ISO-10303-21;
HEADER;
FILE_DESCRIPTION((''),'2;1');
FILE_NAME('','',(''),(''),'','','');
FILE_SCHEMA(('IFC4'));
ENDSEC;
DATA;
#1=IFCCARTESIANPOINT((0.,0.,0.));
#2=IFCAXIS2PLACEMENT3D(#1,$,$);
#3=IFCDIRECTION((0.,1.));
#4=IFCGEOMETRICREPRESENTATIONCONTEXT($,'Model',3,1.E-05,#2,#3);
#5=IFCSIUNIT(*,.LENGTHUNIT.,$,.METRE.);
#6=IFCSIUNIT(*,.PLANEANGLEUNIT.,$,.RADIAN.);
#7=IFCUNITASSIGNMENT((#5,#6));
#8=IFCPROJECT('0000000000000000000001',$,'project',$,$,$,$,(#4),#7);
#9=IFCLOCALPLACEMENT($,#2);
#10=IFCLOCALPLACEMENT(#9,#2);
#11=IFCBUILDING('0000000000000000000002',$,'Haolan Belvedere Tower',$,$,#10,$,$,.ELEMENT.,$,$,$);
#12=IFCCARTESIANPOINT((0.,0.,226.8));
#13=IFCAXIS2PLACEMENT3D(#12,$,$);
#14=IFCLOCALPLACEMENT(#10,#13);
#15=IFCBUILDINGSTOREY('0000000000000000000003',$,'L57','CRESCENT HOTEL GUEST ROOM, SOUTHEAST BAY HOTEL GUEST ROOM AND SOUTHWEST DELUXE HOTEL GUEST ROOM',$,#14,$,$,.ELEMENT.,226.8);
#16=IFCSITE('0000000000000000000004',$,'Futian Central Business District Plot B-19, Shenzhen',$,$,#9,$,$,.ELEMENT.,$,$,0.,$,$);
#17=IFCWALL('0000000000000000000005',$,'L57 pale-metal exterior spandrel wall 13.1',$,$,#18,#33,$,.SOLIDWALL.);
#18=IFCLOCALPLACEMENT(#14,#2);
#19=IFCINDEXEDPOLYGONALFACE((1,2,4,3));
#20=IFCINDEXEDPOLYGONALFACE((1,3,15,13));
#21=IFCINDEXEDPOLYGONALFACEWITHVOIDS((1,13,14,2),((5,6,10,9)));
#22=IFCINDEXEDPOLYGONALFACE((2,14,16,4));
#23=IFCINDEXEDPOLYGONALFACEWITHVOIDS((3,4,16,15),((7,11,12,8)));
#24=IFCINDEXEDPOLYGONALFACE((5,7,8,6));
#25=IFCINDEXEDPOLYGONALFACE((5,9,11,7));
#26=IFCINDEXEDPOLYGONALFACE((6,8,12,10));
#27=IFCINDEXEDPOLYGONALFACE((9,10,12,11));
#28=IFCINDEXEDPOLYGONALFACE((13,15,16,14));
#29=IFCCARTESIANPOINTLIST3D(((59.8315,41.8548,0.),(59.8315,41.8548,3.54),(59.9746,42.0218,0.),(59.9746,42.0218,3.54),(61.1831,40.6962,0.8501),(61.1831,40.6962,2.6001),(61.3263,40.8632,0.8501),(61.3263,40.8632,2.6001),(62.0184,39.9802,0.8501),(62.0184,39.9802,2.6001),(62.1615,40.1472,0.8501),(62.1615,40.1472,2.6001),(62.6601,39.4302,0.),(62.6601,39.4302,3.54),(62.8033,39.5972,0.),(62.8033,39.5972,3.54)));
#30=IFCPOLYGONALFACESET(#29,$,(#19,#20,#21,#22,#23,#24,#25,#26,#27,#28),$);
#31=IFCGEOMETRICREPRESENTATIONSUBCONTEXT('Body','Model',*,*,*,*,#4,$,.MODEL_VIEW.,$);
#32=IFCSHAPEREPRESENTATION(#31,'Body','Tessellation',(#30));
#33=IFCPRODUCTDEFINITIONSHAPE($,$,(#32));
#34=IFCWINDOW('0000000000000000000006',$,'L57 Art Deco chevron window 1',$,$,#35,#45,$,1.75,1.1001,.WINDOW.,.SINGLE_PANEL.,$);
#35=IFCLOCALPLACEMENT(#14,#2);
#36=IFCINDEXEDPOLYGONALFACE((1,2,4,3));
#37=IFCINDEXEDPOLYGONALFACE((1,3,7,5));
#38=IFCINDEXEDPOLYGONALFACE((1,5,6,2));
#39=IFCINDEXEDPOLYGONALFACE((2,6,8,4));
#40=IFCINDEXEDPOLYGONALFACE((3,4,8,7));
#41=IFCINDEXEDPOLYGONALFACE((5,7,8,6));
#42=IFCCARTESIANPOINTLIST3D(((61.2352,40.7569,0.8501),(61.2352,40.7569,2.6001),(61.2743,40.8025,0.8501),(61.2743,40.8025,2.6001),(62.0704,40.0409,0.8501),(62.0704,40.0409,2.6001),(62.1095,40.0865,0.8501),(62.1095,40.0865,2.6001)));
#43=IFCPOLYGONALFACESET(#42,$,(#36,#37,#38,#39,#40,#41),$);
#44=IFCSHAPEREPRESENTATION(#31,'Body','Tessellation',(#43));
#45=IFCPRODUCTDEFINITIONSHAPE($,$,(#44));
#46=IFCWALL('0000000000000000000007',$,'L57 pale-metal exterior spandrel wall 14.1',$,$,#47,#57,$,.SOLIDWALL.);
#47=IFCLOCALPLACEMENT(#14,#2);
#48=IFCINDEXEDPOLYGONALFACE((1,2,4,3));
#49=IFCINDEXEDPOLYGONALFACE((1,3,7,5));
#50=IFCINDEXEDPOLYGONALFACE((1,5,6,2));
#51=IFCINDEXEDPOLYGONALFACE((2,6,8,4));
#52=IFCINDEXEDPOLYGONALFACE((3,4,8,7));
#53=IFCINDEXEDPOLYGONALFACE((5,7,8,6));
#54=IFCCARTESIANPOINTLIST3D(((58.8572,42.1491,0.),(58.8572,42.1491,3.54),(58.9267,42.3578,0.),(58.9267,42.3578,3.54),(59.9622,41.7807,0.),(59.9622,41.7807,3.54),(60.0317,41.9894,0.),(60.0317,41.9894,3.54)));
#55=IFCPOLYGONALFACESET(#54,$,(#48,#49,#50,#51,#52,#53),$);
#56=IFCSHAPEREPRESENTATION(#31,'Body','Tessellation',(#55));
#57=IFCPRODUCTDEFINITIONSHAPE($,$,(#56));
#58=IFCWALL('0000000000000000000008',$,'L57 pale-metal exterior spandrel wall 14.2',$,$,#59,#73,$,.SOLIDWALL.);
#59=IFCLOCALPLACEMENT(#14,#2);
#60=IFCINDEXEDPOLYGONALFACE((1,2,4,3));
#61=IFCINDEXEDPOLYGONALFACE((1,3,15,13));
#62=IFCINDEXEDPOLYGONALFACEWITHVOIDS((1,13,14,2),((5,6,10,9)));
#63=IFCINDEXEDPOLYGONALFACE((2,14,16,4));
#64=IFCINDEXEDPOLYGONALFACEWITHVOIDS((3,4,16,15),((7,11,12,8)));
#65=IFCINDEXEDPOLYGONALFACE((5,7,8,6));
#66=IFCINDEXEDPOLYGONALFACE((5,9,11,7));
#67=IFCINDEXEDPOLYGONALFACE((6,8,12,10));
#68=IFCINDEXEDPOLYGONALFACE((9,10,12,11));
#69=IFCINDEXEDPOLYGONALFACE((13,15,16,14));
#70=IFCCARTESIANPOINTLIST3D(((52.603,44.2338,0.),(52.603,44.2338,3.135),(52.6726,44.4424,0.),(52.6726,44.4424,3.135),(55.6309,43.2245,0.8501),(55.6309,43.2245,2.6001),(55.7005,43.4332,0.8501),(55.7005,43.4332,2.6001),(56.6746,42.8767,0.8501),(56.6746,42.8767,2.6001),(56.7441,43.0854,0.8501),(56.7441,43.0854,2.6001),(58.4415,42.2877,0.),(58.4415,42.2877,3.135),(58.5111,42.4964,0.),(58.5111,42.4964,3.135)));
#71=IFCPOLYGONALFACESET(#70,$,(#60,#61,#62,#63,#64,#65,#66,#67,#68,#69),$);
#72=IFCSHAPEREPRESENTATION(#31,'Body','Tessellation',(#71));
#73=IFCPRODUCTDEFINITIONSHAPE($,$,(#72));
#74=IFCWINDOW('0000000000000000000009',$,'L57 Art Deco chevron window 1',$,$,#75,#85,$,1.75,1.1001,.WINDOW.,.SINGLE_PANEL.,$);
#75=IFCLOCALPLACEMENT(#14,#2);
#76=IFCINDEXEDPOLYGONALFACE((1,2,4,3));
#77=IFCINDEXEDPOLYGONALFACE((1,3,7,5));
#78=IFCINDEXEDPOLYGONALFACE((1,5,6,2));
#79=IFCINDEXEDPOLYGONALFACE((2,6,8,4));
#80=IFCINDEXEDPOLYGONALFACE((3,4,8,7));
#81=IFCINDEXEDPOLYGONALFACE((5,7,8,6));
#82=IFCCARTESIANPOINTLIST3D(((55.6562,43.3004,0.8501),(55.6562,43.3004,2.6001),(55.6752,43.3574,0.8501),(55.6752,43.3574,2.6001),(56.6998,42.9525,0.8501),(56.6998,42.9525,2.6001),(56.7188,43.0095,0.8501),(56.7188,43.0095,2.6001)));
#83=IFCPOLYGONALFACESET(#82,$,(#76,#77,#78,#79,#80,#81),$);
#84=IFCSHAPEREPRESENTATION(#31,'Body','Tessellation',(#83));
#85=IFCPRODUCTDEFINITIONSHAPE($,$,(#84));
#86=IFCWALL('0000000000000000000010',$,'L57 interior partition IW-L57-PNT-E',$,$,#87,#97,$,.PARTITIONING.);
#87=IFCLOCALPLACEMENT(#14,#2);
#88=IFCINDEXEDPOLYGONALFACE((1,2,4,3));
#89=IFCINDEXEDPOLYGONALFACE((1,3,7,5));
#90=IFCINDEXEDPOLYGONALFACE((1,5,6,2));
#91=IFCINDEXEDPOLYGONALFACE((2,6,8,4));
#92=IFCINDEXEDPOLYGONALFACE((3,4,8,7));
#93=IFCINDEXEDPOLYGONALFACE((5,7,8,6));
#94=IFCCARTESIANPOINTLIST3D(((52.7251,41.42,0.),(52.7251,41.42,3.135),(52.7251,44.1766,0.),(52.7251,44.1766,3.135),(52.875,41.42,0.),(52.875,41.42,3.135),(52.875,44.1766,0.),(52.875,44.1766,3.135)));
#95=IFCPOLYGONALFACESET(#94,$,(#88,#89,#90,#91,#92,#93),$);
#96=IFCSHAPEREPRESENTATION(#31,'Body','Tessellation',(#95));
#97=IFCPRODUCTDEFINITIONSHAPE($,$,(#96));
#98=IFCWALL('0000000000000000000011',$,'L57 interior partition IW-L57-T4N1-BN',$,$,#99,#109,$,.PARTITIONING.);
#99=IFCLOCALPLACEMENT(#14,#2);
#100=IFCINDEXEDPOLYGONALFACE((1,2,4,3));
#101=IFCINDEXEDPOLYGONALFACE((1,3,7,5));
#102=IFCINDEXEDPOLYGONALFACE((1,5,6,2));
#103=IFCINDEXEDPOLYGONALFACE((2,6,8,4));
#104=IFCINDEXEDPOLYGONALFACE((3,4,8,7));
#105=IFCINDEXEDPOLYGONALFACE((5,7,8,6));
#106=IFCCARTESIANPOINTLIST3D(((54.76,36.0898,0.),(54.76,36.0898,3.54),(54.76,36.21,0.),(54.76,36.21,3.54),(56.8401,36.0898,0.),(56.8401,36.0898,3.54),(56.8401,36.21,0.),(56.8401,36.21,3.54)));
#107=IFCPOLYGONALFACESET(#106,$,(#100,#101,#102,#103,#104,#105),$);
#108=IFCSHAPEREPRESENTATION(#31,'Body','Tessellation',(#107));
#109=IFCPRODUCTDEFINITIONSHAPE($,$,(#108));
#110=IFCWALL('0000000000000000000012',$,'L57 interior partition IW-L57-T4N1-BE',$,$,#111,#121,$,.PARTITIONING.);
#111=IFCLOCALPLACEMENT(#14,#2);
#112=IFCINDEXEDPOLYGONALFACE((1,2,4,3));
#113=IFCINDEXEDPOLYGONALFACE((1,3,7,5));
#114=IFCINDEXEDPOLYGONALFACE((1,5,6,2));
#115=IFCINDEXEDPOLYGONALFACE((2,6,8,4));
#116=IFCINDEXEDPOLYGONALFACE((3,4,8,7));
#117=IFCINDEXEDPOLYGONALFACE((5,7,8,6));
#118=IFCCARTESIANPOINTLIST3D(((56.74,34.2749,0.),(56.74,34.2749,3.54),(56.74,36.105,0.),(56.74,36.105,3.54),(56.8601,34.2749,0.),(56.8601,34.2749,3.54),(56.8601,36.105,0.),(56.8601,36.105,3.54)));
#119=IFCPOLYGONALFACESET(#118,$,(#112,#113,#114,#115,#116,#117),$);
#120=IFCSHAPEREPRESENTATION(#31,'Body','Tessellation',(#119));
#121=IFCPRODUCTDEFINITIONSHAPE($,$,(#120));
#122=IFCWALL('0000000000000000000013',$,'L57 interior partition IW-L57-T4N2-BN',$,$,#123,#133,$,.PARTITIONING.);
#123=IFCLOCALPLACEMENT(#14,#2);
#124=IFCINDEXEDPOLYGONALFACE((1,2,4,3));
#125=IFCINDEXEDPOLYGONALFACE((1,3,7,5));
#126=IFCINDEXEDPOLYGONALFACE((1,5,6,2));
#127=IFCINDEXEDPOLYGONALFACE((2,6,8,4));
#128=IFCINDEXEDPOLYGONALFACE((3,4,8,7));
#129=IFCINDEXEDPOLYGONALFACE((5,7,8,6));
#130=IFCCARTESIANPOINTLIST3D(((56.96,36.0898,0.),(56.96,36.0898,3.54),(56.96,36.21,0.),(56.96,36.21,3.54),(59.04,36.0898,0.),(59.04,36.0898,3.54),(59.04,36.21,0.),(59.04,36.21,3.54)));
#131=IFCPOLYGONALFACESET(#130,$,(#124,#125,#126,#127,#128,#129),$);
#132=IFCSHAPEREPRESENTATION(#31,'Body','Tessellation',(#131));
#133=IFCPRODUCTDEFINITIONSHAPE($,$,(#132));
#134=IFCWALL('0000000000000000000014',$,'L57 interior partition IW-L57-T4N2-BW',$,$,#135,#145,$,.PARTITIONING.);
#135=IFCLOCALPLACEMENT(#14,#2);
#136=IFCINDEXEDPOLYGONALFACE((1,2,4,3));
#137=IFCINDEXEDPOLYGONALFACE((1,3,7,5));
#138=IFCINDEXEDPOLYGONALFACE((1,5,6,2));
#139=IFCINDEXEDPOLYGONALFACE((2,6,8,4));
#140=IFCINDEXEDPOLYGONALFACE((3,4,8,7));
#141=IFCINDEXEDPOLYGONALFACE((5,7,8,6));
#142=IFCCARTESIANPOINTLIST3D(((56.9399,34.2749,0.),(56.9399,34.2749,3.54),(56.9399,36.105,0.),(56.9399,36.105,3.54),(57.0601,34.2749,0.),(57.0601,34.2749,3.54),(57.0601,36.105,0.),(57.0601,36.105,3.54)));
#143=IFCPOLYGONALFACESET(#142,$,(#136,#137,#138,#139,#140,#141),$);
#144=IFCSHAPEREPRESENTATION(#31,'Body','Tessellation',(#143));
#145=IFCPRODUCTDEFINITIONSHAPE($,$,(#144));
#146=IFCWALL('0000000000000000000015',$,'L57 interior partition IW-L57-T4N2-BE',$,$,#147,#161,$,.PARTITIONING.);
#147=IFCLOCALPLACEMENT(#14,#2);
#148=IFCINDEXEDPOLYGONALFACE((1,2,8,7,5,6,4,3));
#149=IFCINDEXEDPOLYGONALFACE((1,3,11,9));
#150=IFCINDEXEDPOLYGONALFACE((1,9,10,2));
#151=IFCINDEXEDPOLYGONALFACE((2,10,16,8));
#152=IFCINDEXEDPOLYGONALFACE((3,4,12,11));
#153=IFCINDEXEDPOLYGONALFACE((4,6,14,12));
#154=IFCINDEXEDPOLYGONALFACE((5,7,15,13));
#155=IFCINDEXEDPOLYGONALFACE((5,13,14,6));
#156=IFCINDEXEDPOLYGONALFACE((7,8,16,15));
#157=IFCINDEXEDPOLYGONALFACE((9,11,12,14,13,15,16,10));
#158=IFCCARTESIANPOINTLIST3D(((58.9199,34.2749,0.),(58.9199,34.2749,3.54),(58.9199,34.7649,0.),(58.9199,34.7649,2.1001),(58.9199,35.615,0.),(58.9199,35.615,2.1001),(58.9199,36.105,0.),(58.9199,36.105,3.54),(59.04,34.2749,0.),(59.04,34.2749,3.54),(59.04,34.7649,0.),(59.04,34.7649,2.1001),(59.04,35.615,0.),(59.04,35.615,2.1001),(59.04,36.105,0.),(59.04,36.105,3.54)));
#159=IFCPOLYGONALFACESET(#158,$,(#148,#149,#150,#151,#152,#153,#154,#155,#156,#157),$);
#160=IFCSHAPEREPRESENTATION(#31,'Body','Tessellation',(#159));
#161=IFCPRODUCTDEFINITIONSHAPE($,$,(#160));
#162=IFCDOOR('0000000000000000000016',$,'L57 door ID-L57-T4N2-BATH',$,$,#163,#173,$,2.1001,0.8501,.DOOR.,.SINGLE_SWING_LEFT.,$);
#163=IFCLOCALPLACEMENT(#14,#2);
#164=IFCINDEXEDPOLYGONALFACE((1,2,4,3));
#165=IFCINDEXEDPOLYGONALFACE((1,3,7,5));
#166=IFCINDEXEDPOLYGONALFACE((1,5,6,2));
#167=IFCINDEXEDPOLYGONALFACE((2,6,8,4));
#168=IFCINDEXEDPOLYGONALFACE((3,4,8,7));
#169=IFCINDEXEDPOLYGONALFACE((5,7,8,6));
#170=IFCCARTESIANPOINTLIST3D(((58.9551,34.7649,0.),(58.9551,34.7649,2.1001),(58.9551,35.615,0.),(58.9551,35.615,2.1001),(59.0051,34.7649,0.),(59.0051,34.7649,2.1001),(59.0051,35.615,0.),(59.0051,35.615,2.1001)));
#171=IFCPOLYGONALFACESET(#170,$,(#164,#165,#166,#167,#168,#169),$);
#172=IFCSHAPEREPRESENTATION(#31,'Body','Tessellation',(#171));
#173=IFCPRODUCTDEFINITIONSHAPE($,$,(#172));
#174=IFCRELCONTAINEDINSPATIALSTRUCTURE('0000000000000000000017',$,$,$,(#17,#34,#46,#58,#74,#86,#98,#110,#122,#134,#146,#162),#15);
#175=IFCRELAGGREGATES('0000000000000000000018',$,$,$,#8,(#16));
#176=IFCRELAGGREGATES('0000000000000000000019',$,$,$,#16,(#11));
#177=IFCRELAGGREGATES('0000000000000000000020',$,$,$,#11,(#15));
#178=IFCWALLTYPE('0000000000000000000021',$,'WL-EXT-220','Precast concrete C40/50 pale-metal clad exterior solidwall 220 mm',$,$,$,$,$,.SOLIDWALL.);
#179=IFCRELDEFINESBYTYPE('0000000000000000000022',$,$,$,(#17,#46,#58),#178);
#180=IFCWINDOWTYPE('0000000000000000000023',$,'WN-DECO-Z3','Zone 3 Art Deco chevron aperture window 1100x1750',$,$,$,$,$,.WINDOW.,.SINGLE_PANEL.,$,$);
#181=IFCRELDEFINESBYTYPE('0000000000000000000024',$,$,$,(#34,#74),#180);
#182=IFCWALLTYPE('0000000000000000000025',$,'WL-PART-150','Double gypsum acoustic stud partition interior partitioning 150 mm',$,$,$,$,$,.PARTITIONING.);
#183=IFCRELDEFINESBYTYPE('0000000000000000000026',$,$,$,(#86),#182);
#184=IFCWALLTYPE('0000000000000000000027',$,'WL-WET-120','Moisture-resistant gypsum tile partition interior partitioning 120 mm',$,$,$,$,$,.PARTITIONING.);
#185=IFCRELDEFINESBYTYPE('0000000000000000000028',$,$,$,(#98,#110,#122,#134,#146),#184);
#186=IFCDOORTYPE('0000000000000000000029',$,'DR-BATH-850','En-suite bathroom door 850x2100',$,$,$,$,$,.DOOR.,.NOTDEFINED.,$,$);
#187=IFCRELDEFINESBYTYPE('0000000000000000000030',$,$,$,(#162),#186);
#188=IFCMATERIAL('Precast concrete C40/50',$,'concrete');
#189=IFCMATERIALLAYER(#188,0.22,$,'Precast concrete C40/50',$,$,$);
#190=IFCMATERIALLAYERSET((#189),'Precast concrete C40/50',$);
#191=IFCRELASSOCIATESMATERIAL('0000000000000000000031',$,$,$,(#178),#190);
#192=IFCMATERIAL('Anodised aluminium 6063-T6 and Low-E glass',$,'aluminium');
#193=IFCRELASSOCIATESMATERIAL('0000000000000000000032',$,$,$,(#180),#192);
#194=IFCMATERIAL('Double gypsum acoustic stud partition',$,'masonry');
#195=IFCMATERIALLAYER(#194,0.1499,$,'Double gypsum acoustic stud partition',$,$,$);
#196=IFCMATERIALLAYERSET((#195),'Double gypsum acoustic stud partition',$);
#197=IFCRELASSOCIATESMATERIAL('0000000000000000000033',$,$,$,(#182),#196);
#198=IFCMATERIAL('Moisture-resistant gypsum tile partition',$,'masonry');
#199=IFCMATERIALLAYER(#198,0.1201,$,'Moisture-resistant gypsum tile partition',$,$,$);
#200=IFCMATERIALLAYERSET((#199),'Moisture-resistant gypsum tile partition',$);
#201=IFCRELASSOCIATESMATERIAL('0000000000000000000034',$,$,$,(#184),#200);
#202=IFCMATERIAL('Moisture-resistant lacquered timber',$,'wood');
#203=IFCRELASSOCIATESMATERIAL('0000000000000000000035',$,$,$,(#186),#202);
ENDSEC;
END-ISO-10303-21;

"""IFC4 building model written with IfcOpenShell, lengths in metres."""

from ifc_helpers import new_model, si_unit, direction, frame, frame_2d, origin, place, context, subcontext, project, spatial, rectangle, extrude, material, layer, layer_set, type_object, element, fill, save


model = new_model("IFC4")

# Units and contexts
model_context = context("Model", 3, precision=1e-05, world=origin(), true_north=direction((0.0, 1.0)))
body_context = subcontext(model_context, "Body", "Model", "MODEL_VIEW")
ifc_project = project(units=[si_unit("LENGTHUNIT", "METRE"), si_unit("PLANEANGLEUNIT", "RADIAN")], contexts=[model_context])

# Site, building, storey
site_placement = place(None, origin())
site = spatial("IfcSite", under=ifc_project, at=site_placement, Name="Futian Central Business District Plot B-19, Shenzhen", CompositionType="ELEMENT", RefElevation=0.0)
building_placement = place(site_placement, origin())
building = spatial("IfcBuilding", under=site, at=building_placement, Name="Haolan Belvedere Tower", CompositionType="ELEMENT")
storey_placement = place(building_placement, frame((0.0, 0.0, 226.8)))
storey = spatial("IfcBuildingStorey", under=building, at=storey_placement, Name="L57", Description="CRESCENT HOTEL GUEST ROOM, SOUTHEAST BAY HOTEL GUEST ROOM AND SOUTHWEST DELUXE HOTEL GUEST ROOM", CompositionType="ELEMENT", Elevation=226.8)

# Shared definitions
ifc_material_1 = material(Name="Precast concrete C40/50", Category="concrete")
ifc_layer_1 = layer(ifc_material_1, 0.22, Name="Precast concrete C40/50")
ifc_layer_set_1 = layer_set([ifc_layer_1], Name="Precast concrete C40/50")
wall_type_1 = type_object("IfcWallType", Name="WL-EXT-220", Description="Precast concrete C40/50 pale-metal clad exterior solidwall 220 mm", PredefinedType="SOLIDWALL", material=ifc_layer_set_1)

# Wall, opening, window
wall_1_placement = place(storey_placement, frame((62.7317, 39.5137, 0.0), z_axis=(0.0, 0.0, 1.0), x_axis=(-0.759252, 0.650797, 0.0)))
wall_1 = element("IfcWall", 1, at=wall_1_placement, inside=storey, type_object=wall_type_1, Name="L57 pale-metal exterior spandrel wall 13.1", PredefinedType="SOLIDWALL", context=body_context, shape_type="SweptSolid", body=[
    extrude(rectangle(XDim=3.7256, YDim=0.22, at=frame_2d((1.8628, 0.0))), origin(), (0.0, 0.0, 1.0), 3.54),
])
opening_1_placement = place(wall_1_placement, frame((0.8452, 0.0, 0.8501)))
opening_1 = element("IfcOpeningElement", 2, at=opening_1_placement, cuts=wall_1, PredefinedType="OPENING", context=body_context, shape_type="SweptSolid", body=[
    extrude(rectangle(XDim=1.1001, YDim=1.75, at=frame_2d((0.55, 0.875))), frame((0.0, 0.1199, 0.0), z_axis=(0.0, -1.0, 0.0), x_axis=(1.0, 0.0, 0.0)), (0.0, 0.0, 1.0), 0.24),
])
ifc_material_2 = material(Name="Anodised aluminium 6063-T6 and Low-E glass", Category="aluminium")
window_type = type_object("IfcWindowType", Name="WN-DECO-Z3", Description="Zone 3 Art Deco chevron aperture window 1100x1750", PartitioningType="SINGLE_PANEL", PredefinedType="WINDOW", material=ifc_material_2)
window_1_placement = place(opening_1_placement, origin())
window_1 = element("IfcWindow", 3, at=window_1_placement, inside=storey, type_object=window_type, Name="L57 Art Deco chevron window 1", OverallHeight=1.75, OverallWidth=1.1001, PartitioningType="SINGLE_PANEL", PredefinedType="WINDOW", context=body_context, shape_type="SweptSolid", body=[
    extrude(rectangle(XDim=1.1001, YDim=1.75, at=frame_2d((0.55, 0.875))), frame((0.0, 0.03, 0.0), z_axis=(0.0, -1.0, 0.0), x_axis=(1.0, 0.0, 0.0)), (0.0, 0.0, 1.0), 0.0601),
])
fill(opening_1, window_1)

# Wall
wall_2_placement = place(storey_placement, frame((59.9971, 41.885, 0.0), z_axis=(0.0, 0.0, 1.0), x_axis=(-0.948662, 0.316291, 0.0)))
element("IfcWall", 4, at=wall_2_placement, inside=storey, type_object=wall_type_1, Name="L57 pale-metal exterior spandrel wall 14.1", PredefinedType="SOLIDWALL", context=body_context, shape_type="SweptSolid", body=[
    extrude(rectangle(XDim=1.1648, YDim=0.22, at=frame_2d((0.5825, 0.0))), origin(), (0.0, 0.0, 1.0), 3.54),
])

# Wall, opening, window
wall_3_placement = place(storey_placement, frame((58.4763, 42.3921, 0.0), z_axis=(0.0, 0.0, 1.0), x_axis=(-0.948691, 0.316204, 0.0)))
wall_3 = element("IfcWall", 5, at=wall_3_placement, inside=storey, type_object=wall_type_1, Name="L57 pale-metal exterior spandrel wall 14.2", PredefinedType="SOLIDWALL", context=body_context, shape_type="SweptSolid", body=[
    extrude(rectangle(XDim=6.1543, YDim=0.22, at=frame_2d((3.0771, 0.0))), origin(), (0.0, 0.0, 1.0), 3.135),
])
opening_2_placement = place(wall_3_placement, frame((1.8625, 0.0, 0.8501)))
opening_2 = element("IfcOpeningElement", 6, at=opening_2_placement, cuts=wall_3, PredefinedType="OPENING", context=body_context, shape_type="SweptSolid", body=[
    extrude(rectangle(XDim=1.1001, YDim=1.75, at=frame_2d((0.55, 0.875))), frame((0.0, 0.1199, 0.0), z_axis=(0.0, -1.0, 0.0), x_axis=(1.0, 0.0, 0.0)), (0.0, 0.0, 1.0), 0.24),
])
window_2_placement = place(opening_2_placement, origin())
window_2 = element("IfcWindow", 7, at=window_2_placement, inside=storey, type_object=window_type, Name="L57 Art Deco chevron window 1", OverallHeight=1.75, OverallWidth=1.1001, PartitioningType="SINGLE_PANEL", PredefinedType="WINDOW", context=body_context, shape_type="SweptSolid", body=[
    extrude(rectangle(XDim=1.1001, YDim=1.75, at=frame_2d((0.55, 0.875))), frame((0.0, 0.03, 0.0), z_axis=(0.0, -1.0, 0.0), x_axis=(1.0, 0.0, 0.0)), (0.0, 0.0, 1.0), 0.0601),
])
fill(opening_2, window_2)

# Walls
ifc_material_3 = material(Name="Double gypsum acoustic stud partition", Category="masonry")
ifc_layer_2 = layer(ifc_material_3, 0.1499, Name="Double gypsum acoustic stud partition")
ifc_layer_set_2 = layer_set([ifc_layer_2], Name="Double gypsum acoustic stud partition")
wall_type_2 = type_object("IfcWallType", Name="WL-PART-150", Description="Double gypsum acoustic stud partition interior partitioning 150 mm", PredefinedType="PARTITIONING", material=ifc_layer_set_2)
wall_4_placement = place(storey_placement, frame((52.8, 41.4199, 0.0), z_axis=(0.0, 0.0, 1.0), x_axis=(0.0, 1.0, 0.0)))
element("IfcWall", 8, at=wall_4_placement, inside=storey, type_object=wall_type_2, Name="L57 interior partition IW-L57-PNT-E", PredefinedType="PARTITIONING", context=body_context, shape_type="SweptSolid", body=[
    extrude(rectangle(XDim=2.7566, YDim=0.1499, at=frame_2d((1.3784, 0.0))), origin(), (0.0, 0.0, 1.0), 3.135),
])
ifc_material_4 = material(Name="Moisture-resistant gypsum tile partition", Category="masonry")
ifc_layer_3 = layer(ifc_material_4, 0.1201, Name="Moisture-resistant gypsum tile partition")
ifc_layer_set_3 = layer_set([ifc_layer_3], Name="Moisture-resistant gypsum tile partition")
wall_type_3 = type_object("IfcWallType", Name="WL-WET-120", Description="Moisture-resistant gypsum tile partition interior partitioning 120 mm", PredefinedType="PARTITIONING", material=ifc_layer_set_3)
wall_5_placement = place(storey_placement, frame((54.76, 36.1499, 0.0), z_axis=(0.0, 0.0, 1.0), x_axis=(1.0, 0.0, 0.0)))
element("IfcWall", 9, at=wall_5_placement, inside=storey, type_object=wall_type_3, Name="L57 interior partition IW-L57-T4N1-BN", PredefinedType="PARTITIONING", context=body_context, shape_type="SweptSolid", body=[
    extrude(rectangle(XDim=2.0801, YDim=0.1201, at=frame_2d((1.04, 0.0))), origin(), (0.0, 0.0, 1.0), 3.54),
])
wall_6_placement = place(storey_placement, frame((56.8, 34.2749, 0.0), z_axis=(0.0, 0.0, 1.0), x_axis=(0.0, 1.0, 0.0)))
element("IfcWall", 10, at=wall_6_placement, inside=storey, type_object=wall_type_3, Name="L57 interior partition IW-L57-T4N1-BE", PredefinedType="PARTITIONING", context=body_context, shape_type="SweptSolid", body=[
    extrude(rectangle(XDim=1.8301, YDim=0.1201, at=frame_2d((0.915, 0.0))), origin(), (0.0, 0.0, 1.0), 3.54),
])
wall_7_placement = place(storey_placement, frame((56.96, 36.1499, 0.0), z_axis=(0.0, 0.0, 1.0), x_axis=(1.0, 0.0, 0.0)))
element("IfcWall", 11, at=wall_7_placement, inside=storey, type_object=wall_type_3, Name="L57 interior partition IW-L57-T4N2-BN", PredefinedType="PARTITIONING", context=body_context, shape_type="SweptSolid", body=[
    extrude(rectangle(XDim=2.0801, YDim=0.1201, at=frame_2d((1.04, 0.0))), origin(), (0.0, 0.0, 1.0), 3.54),
])
wall_8_placement = place(storey_placement, frame((57.0, 34.2749, 0.0), z_axis=(0.0, 0.0, 1.0), x_axis=(0.0, 1.0, 0.0)))
element("IfcWall", 12, at=wall_8_placement, inside=storey, type_object=wall_type_3, Name="L57 interior partition IW-L57-T4N2-BW", PredefinedType="PARTITIONING", context=body_context, shape_type="SweptSolid", body=[
    extrude(rectangle(XDim=1.8301, YDim=0.1201, at=frame_2d((0.915, 0.0))), origin(), (0.0, 0.0, 1.0), 3.54),
])

# Wall, opening, door
wall_9_placement = place(storey_placement, frame((58.98, 34.2749, 0.0), z_axis=(0.0, 0.0, 1.0), x_axis=(0.0, 1.0, 0.0)))
wall_9 = element("IfcWall", 13, at=wall_9_placement, inside=storey, type_object=wall_type_3, Name="L57 interior partition IW-L57-T4N2-BE", PredefinedType="PARTITIONING", context=body_context, shape_type="SweptSolid", body=[
    extrude(rectangle(XDim=1.8301, YDim=0.1201, at=frame_2d((0.915, 0.0))), origin(), (0.0, 0.0, 1.0), 3.54),
])
opening_3_placement = place(wall_9_placement, frame((0.49, 0.0, 0.0)))
opening_3 = element("IfcOpeningElement", 14, at=opening_3_placement, cuts=wall_9, PredefinedType="OPENING", context=body_context, shape_type="SweptSolid", body=[
    extrude(rectangle(XDim=0.8501, YDim=2.1001, at=frame_2d((0.425, 1.05))), frame((0.0, 0.0701, 0.0), z_axis=(0.0, -1.0, 0.0), x_axis=(1.0, 0.0, 0.0)), (0.0, 0.0, 1.0), 0.1401),
])
ifc_material_5 = material(Name="Moisture-resistant lacquered timber", Category="wood")
door_type = type_object("IfcDoorType", Name="DR-BATH-850", Description="En-suite bathroom door 850x2100", OperationType="NOTDEFINED", PredefinedType="DOOR", material=ifc_material_5)
door_placement = place(opening_3_placement, origin())
door = element("IfcDoor", 15, at=door_placement, inside=storey, type_object=door_type, Name="L57 door ID-L57-T4N2-BATH", OperationType="SINGLE_SWING_LEFT", OverallHeight=2.1001, OverallWidth=0.8501, PredefinedType="DOOR", context=body_context, shape_type="SweptSolid", body=[
    extrude(rectangle(XDim=0.8501, YDim=2.1001, at=frame_2d((0.425, 1.05))), frame((0.0, 0.0249, 0.0), z_axis=(0.0, -1.0, 0.0), x_axis=(1.0, 0.0, 0.0)), (0.0, 0.0, 1.0), 0.05),
])
fill(opening_3, door)

save(model, "model.ifc")
